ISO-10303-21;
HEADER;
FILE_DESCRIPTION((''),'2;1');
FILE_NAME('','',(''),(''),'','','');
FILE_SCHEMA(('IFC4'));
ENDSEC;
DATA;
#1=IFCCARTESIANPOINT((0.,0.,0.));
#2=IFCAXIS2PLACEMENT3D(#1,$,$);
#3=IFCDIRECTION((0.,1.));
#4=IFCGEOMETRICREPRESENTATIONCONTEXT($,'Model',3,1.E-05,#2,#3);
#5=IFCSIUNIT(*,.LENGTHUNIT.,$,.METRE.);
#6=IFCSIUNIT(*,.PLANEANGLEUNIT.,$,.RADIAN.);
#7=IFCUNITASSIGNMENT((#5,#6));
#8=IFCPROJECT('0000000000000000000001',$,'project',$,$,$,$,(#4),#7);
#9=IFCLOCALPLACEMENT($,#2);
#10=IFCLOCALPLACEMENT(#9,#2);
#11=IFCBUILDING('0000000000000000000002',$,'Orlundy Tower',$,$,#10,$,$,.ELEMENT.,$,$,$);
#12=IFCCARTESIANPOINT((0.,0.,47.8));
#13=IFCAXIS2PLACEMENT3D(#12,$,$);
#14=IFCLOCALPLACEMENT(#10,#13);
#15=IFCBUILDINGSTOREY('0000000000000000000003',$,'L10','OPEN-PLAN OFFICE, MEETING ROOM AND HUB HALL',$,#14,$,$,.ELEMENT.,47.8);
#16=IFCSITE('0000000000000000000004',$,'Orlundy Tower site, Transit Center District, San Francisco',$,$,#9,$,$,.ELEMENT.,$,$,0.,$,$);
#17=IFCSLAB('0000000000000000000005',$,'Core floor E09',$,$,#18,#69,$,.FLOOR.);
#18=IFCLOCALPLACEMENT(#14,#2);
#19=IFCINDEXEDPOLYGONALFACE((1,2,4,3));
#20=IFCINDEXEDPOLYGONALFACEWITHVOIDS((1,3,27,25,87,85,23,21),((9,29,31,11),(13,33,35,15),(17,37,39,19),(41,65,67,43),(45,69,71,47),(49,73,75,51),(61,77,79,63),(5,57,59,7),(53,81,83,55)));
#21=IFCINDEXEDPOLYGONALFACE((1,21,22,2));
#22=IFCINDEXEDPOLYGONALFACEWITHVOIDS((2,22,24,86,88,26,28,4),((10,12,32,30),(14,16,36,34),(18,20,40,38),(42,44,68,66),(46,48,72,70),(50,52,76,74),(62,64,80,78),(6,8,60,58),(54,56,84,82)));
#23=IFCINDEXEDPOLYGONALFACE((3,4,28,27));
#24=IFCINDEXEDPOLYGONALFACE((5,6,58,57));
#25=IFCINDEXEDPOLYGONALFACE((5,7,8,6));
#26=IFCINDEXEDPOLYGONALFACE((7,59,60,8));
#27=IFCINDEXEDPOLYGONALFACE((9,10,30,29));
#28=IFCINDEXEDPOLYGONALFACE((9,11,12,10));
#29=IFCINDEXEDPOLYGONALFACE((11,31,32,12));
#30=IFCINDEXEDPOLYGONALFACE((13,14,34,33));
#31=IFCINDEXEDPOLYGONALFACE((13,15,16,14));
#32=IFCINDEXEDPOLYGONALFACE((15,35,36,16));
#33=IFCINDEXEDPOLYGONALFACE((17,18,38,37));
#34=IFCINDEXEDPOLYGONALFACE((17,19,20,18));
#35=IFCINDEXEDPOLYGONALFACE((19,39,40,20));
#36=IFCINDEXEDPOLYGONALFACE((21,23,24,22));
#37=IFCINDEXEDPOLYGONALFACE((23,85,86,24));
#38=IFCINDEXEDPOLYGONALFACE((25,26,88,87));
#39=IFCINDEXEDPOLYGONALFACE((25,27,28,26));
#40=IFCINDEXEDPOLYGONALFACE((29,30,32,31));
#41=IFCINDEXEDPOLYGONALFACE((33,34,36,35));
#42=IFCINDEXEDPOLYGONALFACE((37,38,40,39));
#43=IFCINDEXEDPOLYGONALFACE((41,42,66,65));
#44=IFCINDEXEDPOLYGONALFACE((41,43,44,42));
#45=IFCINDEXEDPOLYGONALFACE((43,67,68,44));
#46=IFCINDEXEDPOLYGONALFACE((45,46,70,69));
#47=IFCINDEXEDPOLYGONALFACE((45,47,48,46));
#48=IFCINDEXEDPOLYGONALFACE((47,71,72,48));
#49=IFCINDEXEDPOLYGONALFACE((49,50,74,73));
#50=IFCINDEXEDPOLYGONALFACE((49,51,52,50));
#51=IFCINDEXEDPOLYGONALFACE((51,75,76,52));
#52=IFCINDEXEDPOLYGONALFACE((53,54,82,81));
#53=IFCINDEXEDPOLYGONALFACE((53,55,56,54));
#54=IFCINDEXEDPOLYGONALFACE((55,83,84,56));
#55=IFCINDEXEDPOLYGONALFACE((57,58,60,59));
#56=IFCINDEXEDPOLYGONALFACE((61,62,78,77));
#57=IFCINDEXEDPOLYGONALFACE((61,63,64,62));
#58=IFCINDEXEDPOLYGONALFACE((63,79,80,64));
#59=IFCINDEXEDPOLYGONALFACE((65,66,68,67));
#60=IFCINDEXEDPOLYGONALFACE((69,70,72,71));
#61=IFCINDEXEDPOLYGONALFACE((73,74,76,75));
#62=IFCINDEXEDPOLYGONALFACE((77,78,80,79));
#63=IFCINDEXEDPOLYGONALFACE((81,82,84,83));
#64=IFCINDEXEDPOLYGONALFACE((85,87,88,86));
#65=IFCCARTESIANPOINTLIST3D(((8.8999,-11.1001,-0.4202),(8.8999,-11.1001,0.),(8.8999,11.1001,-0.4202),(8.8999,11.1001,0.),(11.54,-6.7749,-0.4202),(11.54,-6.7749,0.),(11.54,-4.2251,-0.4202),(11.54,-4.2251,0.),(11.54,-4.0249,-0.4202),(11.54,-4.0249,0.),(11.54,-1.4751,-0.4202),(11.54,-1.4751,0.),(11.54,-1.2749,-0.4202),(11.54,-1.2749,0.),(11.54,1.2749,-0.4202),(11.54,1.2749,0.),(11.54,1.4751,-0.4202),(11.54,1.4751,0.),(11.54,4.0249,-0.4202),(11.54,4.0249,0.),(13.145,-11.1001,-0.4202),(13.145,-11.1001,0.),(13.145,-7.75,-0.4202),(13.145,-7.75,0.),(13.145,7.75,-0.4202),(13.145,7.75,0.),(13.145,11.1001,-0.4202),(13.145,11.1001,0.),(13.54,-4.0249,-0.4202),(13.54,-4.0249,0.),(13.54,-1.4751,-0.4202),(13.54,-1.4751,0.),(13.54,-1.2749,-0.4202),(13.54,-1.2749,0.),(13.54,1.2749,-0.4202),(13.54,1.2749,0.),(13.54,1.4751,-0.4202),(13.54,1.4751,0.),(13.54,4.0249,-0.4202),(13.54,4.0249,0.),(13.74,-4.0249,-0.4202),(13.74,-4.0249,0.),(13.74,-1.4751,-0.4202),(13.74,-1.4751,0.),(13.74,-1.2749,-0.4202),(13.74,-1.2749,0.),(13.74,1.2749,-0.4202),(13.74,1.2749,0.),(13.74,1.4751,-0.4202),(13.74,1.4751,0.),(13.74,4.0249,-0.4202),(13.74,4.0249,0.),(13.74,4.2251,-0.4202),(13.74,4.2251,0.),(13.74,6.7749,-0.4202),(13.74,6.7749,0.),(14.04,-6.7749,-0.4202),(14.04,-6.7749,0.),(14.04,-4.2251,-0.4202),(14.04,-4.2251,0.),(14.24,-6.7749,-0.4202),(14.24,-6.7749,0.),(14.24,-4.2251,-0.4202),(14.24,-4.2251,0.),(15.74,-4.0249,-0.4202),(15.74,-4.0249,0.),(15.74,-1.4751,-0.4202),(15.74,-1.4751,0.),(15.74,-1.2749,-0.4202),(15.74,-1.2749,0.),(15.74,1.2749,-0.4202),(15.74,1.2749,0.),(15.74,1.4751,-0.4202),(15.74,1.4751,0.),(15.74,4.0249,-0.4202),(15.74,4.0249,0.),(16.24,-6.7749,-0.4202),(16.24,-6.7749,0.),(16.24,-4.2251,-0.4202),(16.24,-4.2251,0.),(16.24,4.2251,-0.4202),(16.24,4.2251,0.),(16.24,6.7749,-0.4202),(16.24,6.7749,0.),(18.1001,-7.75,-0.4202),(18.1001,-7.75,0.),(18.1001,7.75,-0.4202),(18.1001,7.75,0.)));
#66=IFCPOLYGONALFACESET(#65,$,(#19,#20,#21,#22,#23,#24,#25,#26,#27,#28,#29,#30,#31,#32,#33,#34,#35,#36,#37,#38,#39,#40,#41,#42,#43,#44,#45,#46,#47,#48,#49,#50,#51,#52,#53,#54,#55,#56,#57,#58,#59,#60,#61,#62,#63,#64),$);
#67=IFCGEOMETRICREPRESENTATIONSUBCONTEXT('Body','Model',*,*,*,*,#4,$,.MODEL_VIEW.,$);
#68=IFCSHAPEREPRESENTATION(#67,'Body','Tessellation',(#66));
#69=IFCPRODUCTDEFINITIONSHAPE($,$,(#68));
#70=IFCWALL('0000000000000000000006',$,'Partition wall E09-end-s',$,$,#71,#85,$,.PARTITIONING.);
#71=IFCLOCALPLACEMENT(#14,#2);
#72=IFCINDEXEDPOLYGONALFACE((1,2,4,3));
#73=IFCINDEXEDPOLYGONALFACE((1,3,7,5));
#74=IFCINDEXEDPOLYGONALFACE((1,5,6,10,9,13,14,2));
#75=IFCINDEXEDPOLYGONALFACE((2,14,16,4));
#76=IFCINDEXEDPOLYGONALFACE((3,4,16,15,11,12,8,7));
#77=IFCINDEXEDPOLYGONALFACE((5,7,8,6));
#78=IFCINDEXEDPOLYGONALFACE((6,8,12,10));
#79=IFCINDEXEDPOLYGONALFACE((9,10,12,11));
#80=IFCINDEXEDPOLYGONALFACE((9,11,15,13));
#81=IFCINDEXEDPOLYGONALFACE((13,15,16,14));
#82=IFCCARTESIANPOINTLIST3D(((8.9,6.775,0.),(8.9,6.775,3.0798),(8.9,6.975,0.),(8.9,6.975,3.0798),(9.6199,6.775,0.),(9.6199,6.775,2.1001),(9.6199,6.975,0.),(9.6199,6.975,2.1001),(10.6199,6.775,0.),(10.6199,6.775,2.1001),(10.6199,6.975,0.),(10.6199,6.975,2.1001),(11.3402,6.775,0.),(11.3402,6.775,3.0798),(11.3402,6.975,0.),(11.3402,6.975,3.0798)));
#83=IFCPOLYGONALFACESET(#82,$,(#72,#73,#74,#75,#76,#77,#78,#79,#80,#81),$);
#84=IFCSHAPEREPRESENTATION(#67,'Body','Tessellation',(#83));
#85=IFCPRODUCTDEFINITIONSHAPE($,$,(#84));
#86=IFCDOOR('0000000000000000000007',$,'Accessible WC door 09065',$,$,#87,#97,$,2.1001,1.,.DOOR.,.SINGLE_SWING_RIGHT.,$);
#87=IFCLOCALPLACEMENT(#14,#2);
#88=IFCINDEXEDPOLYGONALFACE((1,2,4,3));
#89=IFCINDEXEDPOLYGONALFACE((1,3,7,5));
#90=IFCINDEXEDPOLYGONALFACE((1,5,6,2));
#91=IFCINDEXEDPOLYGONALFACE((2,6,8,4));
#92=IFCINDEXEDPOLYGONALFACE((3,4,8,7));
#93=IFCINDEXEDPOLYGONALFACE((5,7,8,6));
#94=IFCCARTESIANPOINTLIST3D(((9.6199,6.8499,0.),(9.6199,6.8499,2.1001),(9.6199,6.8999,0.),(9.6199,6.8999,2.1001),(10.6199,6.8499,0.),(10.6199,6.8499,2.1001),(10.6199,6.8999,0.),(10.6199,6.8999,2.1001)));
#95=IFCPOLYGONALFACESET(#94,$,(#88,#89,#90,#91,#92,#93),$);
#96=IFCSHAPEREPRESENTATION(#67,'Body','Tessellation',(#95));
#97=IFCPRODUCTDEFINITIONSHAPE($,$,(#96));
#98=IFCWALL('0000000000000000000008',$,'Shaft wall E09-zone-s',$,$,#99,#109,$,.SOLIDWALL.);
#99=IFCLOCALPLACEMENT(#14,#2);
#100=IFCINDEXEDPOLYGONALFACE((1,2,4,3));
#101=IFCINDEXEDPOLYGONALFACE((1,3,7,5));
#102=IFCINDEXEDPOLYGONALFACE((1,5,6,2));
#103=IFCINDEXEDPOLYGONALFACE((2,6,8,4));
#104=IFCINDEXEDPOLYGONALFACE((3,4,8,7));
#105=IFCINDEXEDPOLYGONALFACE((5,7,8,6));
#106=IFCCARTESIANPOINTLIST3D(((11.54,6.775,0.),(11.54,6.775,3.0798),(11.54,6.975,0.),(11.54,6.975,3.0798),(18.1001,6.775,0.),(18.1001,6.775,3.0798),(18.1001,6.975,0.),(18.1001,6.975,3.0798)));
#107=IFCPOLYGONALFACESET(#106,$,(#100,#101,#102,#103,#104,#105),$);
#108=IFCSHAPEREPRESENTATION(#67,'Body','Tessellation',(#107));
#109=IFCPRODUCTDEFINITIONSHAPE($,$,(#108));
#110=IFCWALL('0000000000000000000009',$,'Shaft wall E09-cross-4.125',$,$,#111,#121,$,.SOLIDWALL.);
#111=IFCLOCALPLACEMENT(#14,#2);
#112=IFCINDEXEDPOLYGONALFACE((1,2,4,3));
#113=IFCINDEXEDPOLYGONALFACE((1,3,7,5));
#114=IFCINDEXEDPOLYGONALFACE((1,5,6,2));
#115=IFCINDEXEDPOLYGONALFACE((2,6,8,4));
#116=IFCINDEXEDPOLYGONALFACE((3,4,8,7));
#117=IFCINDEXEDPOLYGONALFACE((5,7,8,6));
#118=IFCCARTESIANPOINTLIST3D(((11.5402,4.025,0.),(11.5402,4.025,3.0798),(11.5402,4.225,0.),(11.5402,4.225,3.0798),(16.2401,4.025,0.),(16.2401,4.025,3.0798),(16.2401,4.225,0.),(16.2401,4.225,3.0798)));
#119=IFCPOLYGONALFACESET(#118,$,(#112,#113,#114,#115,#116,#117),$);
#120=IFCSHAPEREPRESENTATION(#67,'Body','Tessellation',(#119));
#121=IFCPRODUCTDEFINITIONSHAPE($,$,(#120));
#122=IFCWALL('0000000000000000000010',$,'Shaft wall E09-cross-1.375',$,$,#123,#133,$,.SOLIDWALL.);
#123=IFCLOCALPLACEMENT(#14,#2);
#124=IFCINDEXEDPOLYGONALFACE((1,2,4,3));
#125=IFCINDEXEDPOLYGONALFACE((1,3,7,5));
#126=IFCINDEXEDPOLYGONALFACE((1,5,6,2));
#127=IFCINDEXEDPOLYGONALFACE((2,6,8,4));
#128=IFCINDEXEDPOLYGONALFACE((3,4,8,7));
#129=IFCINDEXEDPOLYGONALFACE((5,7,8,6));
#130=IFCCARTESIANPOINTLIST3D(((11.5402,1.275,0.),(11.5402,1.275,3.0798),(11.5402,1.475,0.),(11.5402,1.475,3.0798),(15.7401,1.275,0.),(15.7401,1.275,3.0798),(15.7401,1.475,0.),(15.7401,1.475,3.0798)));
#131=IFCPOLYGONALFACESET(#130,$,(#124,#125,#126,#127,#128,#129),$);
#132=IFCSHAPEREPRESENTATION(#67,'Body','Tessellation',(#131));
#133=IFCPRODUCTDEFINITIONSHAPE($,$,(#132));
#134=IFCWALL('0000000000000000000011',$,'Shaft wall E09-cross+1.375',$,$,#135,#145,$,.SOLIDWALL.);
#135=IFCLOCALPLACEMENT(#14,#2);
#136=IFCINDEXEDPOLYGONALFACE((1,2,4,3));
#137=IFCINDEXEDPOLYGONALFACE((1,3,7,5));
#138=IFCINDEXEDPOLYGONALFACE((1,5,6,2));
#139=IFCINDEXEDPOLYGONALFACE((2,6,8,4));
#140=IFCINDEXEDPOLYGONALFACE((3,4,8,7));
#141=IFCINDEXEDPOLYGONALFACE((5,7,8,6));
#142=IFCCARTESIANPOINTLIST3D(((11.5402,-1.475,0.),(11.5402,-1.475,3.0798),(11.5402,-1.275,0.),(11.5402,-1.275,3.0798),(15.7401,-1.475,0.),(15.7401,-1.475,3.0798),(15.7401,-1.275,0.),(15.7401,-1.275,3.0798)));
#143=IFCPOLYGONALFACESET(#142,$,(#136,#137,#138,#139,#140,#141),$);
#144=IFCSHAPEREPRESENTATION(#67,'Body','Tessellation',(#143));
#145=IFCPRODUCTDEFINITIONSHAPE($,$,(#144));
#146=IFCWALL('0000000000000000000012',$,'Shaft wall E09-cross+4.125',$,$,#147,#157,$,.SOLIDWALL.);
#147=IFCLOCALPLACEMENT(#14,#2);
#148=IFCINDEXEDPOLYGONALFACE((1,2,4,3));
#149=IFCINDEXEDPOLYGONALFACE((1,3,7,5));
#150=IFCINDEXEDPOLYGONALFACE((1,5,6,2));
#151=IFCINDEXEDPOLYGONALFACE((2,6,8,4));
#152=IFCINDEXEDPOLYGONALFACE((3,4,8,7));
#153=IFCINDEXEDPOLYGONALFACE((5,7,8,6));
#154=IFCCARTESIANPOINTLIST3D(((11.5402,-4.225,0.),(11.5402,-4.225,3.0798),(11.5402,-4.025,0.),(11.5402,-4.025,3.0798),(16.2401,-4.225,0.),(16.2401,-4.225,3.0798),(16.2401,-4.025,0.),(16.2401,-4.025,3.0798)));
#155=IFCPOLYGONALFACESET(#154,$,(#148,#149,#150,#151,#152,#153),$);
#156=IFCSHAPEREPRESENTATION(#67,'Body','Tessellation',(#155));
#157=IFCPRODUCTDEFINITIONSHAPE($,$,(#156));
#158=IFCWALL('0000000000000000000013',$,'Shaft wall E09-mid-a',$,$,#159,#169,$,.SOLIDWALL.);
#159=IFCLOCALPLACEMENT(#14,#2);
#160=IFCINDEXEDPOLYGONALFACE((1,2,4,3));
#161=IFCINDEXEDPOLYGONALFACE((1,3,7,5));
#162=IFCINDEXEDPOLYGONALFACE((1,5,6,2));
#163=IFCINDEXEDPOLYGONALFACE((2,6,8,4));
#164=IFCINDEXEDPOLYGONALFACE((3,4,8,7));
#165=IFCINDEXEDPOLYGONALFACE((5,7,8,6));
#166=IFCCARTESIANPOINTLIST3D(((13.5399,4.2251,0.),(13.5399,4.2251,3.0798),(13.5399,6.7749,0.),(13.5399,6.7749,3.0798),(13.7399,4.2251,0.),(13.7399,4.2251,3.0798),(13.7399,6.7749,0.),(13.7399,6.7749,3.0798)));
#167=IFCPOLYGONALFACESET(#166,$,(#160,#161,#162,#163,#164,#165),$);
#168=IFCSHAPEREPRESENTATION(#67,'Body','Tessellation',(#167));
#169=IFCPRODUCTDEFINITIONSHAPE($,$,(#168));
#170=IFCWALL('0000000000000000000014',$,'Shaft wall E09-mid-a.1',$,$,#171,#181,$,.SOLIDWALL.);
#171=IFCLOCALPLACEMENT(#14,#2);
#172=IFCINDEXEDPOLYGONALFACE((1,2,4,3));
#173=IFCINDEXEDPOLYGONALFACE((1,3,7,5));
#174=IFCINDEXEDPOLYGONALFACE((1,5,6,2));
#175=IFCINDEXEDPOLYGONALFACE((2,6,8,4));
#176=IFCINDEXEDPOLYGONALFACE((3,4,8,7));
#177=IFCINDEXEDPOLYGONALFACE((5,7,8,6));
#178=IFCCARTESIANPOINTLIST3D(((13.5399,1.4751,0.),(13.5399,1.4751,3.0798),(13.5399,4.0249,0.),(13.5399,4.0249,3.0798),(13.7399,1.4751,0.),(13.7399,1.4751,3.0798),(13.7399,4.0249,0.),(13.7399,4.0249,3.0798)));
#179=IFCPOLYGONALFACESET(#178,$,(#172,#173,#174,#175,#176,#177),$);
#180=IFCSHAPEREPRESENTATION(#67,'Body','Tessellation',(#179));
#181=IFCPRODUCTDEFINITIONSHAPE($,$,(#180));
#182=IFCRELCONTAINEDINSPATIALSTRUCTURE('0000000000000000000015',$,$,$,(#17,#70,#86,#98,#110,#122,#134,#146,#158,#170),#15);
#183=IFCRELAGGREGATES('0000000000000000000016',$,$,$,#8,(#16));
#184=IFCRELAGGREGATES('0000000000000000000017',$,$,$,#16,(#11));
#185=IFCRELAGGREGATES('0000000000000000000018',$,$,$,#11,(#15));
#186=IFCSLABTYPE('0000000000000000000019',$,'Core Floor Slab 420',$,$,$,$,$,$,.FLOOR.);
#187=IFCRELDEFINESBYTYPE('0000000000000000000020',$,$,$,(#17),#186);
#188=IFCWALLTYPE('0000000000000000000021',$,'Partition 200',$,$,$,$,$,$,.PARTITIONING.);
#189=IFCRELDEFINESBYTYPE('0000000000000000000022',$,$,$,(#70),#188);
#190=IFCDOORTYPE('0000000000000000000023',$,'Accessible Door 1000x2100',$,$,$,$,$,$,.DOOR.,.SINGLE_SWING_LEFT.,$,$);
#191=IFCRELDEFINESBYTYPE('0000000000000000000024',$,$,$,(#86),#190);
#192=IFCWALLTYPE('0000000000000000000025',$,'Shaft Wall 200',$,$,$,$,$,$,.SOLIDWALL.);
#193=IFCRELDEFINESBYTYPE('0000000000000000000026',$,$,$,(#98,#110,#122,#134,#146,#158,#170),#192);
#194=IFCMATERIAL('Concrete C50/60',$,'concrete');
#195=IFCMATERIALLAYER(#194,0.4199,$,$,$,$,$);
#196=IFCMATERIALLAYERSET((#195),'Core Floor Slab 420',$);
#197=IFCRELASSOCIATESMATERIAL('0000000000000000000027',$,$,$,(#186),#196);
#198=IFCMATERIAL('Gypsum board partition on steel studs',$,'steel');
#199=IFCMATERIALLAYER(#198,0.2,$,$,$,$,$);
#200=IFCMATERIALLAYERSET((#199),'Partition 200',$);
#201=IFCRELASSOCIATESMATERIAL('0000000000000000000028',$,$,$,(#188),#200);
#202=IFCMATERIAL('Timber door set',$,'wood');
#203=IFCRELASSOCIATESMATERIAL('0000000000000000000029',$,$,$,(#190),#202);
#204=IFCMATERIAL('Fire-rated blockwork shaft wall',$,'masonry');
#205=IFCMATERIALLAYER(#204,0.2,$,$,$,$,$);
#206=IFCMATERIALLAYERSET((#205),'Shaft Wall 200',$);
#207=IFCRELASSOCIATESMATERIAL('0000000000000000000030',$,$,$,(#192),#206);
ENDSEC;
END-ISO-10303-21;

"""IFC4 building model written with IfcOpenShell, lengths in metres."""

from ifc_helpers import new_model, si_unit, direction, frame, frame_2d, origin, place, context, subcontext, project, spatial, polyline, rectangle, outline, extrude, material, layer, layer_set, type_object, element, fill, save


model = new_model("IFC4")

# Units and contexts
model_context = context("Model", 3, precision=1e-05, world=origin(), true_north=direction((0.0, 1.0)))
body_context = subcontext(model_context, "Body", "Model", "MODEL_VIEW")
ifc_project = project(units=[si_unit("LENGTHUNIT", "METRE"), si_unit("PLANEANGLEUNIT", "RADIAN")], contexts=[model_context])

# Site, building, storey
site_placement = place(None, origin())
site = spatial("IfcSite", under=ifc_project, at=site_placement, Name="Orlundy Tower site, Transit Center District, San Francisco", CompositionType="ELEMENT", RefElevation=0.0)
building_placement = place(site_placement, origin())
building = spatial("IfcBuilding", under=site, at=building_placement, Name="Orlundy Tower", CompositionType="ELEMENT")
storey_placement = place(building_placement, frame((0.0, 0.0, 47.8)))
storey = spatial("IfcBuildingStorey", under=building, at=storey_placement, Name="L10", Description="OPEN-PLAN OFFICE, MEETING ROOM AND HUB HALL", CompositionType="ELEMENT", Elevation=47.8)

# Slab
ifc_material_1 = material(Name="Concrete C50/60", Category="concrete")
ifc_layer_1 = layer(ifc_material_1, 0.4199)
ifc_layer_set_1 = layer_set([ifc_layer_1], Name="Core Floor Slab 420")
slab_type = type_object("IfcSlabType", Name="Core Floor Slab 420", PredefinedType="FLOOR", material=ifc_layer_set_1)
slab_placement = place(storey_placement, frame((0.0, 0.0, -0.4202)))
element("IfcSlab", 1, at=slab_placement, inside=storey, type_object=slab_type, Name="Core floor E09", PredefinedType="FLOOR", context=body_context, shape_type="SweptSolid", body=[
    extrude(outline(polyline([(13.145, -7.75), (13.145, -11.1001), (8.8999, -11.1001), (8.8999, 11.1001), (13.145, 11.1001), (13.145, 7.75), (18.1001, 7.75), (18.1001, -7.75), (13.145, -7.75)]), holes=[polyline([(16.24, 6.7749), (13.74, 6.7749), (13.74, 4.2251), (16.24, 4.2251), (16.24, 6.7749)]), polyline([(13.54, 1.4751), (13.54, 4.0249), (11.54, 4.0249), (11.54, 1.4751), (13.54, 1.4751)]), polyline([(13.74, 1.4751), (15.74, 1.4751), (15.74, 4.0249), (13.74, 4.0249), (13.74, 1.4751)]), polyline([(11.54, 1.2749), (11.54, -1.2749), (13.54, -1.2749), (13.54, 1.2749), (11.54, 1.2749)]), polyline([(15.74, 1.2749), (13.74, 1.2749), (13.74, -1.2749), (15.74, -1.2749), (15.74, 1.2749)]), polyline([(13.54, -4.0249), (13.54, -1.4751), (11.54, -1.4751), (11.54, -4.0249), (13.54, -4.0249)]), polyline([(13.74, -4.0249), (15.74, -4.0249), (15.74, -1.4751), (13.74, -1.4751), (13.74, -4.0249)]), polyline([(11.54, -4.2251), (11.54, -6.7749), (14.04, -6.7749), (14.04, -4.2251), (11.54, -4.2251)]), polyline([(16.24, -4.2251), (14.24, -4.2251), (14.24, -6.7749), (16.24, -6.7749), (16.24, -4.2251)])]), origin(), (0.0, 0.0, 1.0), 0.4202),
])

# Wall, opening, door
ifc_material_2 = material(Name="Gypsum board partition on steel studs", Category="steel")
ifc_layer_2 = layer(ifc_material_2, 0.2)
ifc_layer_set_2 = layer_set([ifc_layer_2], Name="Partition 200")
wall_type_1 = type_object("IfcWallType", Name="Partition 200", PredefinedType="PARTITIONING", material=ifc_layer_set_2)
wall_1_placement = place(storey_placement, frame((8.8999, 6.875, 0.0), z_axis=(0.0, 0.0, 1.0), x_axis=(1.0, 0.0, 0.0)))
wall_1 = element("IfcWall", 2, at=wall_1_placement, inside=storey, type_object=wall_type_1, Name="Partition wall E09-end-s", PredefinedType="PARTITIONING", context=body_context, shape_type="SweptSolid", body=[
    extrude(rectangle(XDim=2.4402, YDim=0.2, at=frame_2d((1.2202, 0.0))), origin(), (0.0, 0.0, 1.0), 3.0798),
])
opening_1_placement = place(wall_1_placement, frame((0.72, 0.0, 0.0)))
opening_1 = element("IfcOpeningElement", 3, at=opening_1_placement, cuts=wall_1, PredefinedType="OPENING", context=body_context, shape_type="SweptSolid", body=[
    extrude(rectangle(XDim=1.0, YDim=2.1001, at=frame_2d((0.5, 1.05))), frame((0.0, 0.1101, 0.0), z_axis=(0.0, -1.0, 0.0), x_axis=(1.0, 0.0, 0.0)), (0.0, 0.0, 1.0), 0.2202),
])
ifc_material_3 = material(Name="Timber door set", Category="wood")
door_type_1 = type_object("IfcDoorType", Name="Accessible Door 1000x2100", OperationType="SINGLE_SWING_LEFT", PredefinedType="DOOR", material=ifc_material_3)
door_1_placement = place(opening_1_placement, origin())
door_1 = element("IfcDoor", 4, at=door_1_placement, inside=storey, type_object=door_type_1, Name="Accessible WC door 09065", OperationType="SINGLE_SWING_RIGHT", OverallHeight=2.1001, OverallWidth=1.0, PredefinedType="DOOR", context=body_context, shape_type="SweptSolid", body=[
    extrude(rectangle(XDim=1.0, YDim=2.1001, at=frame_2d((0.5, 1.05))), frame((0.0, 0.0249, 0.0), z_axis=(0.0, -1.0, 0.0), x_axis=(1.0, 0.0, 0.0)), (0.0, 0.0, 1.0), 0.05),
])
fill(opening_1, door_1)

# Walls
ifc_material_4 = material(Name="Fire-rated blockwork shaft wall", Category="masonry")
ifc_layer_3 = layer(ifc_material_4, 0.2)
ifc_layer_set_3 = layer_set([ifc_layer_3], Name="Shaft Wall 200")
wall_type_2 = type_object("IfcWallType", Name="Shaft Wall 200", PredefinedType="SOLIDWALL", material=ifc_layer_set_3)
wall_2_placement = place(storey_placement, frame((11.54, 6.875, 0.0), z_axis=(0.0, 0.0, 1.0), x_axis=(1.0, 0.0, 0.0)))
element("IfcWall", 5, at=wall_2_placement, inside=storey, type_object=wall_type_2, Name="Shaft wall E09-zone-s", PredefinedType="SOLIDWALL", context=body_context, shape_type="SweptSolid", body=[
    extrude(rectangle(XDim=6.5601, YDim=0.2, at=frame_2d((3.28, 0.0))), origin(), (0.0, 0.0, 1.0), 3.0798),
])
wall_3_placement = place(storey_placement, frame((11.54, 4.125, 0.0), z_axis=(0.0, 0.0, 1.0), x_axis=(1.0, 0.0, 0.0)))
element("IfcWall", 6, at=wall_3_placement, inside=storey, type_object=wall_type_2, Name="Shaft wall E09-cross-4.125", PredefinedType="SOLIDWALL", context=body_context, shape_type="SweptSolid", body=[
    extrude(rectangle(XDim=4.7, YDim=0.2, at=frame_2d((2.3501, 0.0))), origin(), (0.0, 0.0, 1.0), 3.0798),
])
for number, where, z_axis, x_axis, name in (
    (7, (11.54, 1.375, 0.0), (0.0, 0.0, 1.0), (1.0, 0.0, 0.0), "Shaft wall E09-cross-1.375"),
    (8, (11.54, -1.375, 0.0), (0.0, 0.0, 1.0), (1.0, 0.0, 0.0), "Shaft wall E09-cross+1.375"),
):
    element("IfcWall", number, at=place(storey_placement, frame(where, z_axis=z_axis, x_axis=x_axis)), inside=storey, type_object=wall_type_2, Name=name, PredefinedType="SOLIDWALL", context=body_context, shape_type="SweptSolid", body=[
        extrude(rectangle(XDim=4.2, YDim=0.2, at=frame_2d((2.1001, 0.0))), origin(), (0.0, 0.0, 1.0), 3.0798),
    ])
wall_4_placement = place(storey_placement, frame((11.54, -4.125, 0.0), z_axis=(0.0, 0.0, 1.0), x_axis=(1.0, 0.0, 0.0)))
element("IfcWall", 9, at=wall_4_placement, inside=storey, type_object=wall_type_2, Name="Shaft wall E09-cross+4.125", PredefinedType="SOLIDWALL", context=body_context, shape_type="SweptSolid", body=[
    extrude(rectangle(XDim=4.7, YDim=0.2, at=frame_2d((2.3501, 0.0))), origin(), (0.0, 0.0, 1.0), 3.0798),
])
for number, where, z_axis, x_axis, name in (
    (10, (13.6399, 6.7749, 0.0), (0.0, 0.0, 1.0), (0.0, -1.0, 0.0), "Shaft wall E09-mid-a"),
    (11, (13.6399, 4.0249, 0.0), (0.0, 0.0, 1.0), (0.0, -1.0, 0.0), "Shaft wall E09-mid-a.1"),
):
    element("IfcWall", number, at=place(storey_placement, frame(where, z_axis=z_axis, x_axis=x_axis)), inside=storey, type_object=wall_type_2, Name=name, PredefinedType="SOLIDWALL", context=body_context, shape_type="SweptSolid", body=[
        extrude(rectangle(XDim=2.5498, YDim=0.2, at=frame_2d((1.2749, 0.0))), origin(), (0.0, 0.0, 1.0), 3.0798),
    ])

save(model, "model.ifc")
